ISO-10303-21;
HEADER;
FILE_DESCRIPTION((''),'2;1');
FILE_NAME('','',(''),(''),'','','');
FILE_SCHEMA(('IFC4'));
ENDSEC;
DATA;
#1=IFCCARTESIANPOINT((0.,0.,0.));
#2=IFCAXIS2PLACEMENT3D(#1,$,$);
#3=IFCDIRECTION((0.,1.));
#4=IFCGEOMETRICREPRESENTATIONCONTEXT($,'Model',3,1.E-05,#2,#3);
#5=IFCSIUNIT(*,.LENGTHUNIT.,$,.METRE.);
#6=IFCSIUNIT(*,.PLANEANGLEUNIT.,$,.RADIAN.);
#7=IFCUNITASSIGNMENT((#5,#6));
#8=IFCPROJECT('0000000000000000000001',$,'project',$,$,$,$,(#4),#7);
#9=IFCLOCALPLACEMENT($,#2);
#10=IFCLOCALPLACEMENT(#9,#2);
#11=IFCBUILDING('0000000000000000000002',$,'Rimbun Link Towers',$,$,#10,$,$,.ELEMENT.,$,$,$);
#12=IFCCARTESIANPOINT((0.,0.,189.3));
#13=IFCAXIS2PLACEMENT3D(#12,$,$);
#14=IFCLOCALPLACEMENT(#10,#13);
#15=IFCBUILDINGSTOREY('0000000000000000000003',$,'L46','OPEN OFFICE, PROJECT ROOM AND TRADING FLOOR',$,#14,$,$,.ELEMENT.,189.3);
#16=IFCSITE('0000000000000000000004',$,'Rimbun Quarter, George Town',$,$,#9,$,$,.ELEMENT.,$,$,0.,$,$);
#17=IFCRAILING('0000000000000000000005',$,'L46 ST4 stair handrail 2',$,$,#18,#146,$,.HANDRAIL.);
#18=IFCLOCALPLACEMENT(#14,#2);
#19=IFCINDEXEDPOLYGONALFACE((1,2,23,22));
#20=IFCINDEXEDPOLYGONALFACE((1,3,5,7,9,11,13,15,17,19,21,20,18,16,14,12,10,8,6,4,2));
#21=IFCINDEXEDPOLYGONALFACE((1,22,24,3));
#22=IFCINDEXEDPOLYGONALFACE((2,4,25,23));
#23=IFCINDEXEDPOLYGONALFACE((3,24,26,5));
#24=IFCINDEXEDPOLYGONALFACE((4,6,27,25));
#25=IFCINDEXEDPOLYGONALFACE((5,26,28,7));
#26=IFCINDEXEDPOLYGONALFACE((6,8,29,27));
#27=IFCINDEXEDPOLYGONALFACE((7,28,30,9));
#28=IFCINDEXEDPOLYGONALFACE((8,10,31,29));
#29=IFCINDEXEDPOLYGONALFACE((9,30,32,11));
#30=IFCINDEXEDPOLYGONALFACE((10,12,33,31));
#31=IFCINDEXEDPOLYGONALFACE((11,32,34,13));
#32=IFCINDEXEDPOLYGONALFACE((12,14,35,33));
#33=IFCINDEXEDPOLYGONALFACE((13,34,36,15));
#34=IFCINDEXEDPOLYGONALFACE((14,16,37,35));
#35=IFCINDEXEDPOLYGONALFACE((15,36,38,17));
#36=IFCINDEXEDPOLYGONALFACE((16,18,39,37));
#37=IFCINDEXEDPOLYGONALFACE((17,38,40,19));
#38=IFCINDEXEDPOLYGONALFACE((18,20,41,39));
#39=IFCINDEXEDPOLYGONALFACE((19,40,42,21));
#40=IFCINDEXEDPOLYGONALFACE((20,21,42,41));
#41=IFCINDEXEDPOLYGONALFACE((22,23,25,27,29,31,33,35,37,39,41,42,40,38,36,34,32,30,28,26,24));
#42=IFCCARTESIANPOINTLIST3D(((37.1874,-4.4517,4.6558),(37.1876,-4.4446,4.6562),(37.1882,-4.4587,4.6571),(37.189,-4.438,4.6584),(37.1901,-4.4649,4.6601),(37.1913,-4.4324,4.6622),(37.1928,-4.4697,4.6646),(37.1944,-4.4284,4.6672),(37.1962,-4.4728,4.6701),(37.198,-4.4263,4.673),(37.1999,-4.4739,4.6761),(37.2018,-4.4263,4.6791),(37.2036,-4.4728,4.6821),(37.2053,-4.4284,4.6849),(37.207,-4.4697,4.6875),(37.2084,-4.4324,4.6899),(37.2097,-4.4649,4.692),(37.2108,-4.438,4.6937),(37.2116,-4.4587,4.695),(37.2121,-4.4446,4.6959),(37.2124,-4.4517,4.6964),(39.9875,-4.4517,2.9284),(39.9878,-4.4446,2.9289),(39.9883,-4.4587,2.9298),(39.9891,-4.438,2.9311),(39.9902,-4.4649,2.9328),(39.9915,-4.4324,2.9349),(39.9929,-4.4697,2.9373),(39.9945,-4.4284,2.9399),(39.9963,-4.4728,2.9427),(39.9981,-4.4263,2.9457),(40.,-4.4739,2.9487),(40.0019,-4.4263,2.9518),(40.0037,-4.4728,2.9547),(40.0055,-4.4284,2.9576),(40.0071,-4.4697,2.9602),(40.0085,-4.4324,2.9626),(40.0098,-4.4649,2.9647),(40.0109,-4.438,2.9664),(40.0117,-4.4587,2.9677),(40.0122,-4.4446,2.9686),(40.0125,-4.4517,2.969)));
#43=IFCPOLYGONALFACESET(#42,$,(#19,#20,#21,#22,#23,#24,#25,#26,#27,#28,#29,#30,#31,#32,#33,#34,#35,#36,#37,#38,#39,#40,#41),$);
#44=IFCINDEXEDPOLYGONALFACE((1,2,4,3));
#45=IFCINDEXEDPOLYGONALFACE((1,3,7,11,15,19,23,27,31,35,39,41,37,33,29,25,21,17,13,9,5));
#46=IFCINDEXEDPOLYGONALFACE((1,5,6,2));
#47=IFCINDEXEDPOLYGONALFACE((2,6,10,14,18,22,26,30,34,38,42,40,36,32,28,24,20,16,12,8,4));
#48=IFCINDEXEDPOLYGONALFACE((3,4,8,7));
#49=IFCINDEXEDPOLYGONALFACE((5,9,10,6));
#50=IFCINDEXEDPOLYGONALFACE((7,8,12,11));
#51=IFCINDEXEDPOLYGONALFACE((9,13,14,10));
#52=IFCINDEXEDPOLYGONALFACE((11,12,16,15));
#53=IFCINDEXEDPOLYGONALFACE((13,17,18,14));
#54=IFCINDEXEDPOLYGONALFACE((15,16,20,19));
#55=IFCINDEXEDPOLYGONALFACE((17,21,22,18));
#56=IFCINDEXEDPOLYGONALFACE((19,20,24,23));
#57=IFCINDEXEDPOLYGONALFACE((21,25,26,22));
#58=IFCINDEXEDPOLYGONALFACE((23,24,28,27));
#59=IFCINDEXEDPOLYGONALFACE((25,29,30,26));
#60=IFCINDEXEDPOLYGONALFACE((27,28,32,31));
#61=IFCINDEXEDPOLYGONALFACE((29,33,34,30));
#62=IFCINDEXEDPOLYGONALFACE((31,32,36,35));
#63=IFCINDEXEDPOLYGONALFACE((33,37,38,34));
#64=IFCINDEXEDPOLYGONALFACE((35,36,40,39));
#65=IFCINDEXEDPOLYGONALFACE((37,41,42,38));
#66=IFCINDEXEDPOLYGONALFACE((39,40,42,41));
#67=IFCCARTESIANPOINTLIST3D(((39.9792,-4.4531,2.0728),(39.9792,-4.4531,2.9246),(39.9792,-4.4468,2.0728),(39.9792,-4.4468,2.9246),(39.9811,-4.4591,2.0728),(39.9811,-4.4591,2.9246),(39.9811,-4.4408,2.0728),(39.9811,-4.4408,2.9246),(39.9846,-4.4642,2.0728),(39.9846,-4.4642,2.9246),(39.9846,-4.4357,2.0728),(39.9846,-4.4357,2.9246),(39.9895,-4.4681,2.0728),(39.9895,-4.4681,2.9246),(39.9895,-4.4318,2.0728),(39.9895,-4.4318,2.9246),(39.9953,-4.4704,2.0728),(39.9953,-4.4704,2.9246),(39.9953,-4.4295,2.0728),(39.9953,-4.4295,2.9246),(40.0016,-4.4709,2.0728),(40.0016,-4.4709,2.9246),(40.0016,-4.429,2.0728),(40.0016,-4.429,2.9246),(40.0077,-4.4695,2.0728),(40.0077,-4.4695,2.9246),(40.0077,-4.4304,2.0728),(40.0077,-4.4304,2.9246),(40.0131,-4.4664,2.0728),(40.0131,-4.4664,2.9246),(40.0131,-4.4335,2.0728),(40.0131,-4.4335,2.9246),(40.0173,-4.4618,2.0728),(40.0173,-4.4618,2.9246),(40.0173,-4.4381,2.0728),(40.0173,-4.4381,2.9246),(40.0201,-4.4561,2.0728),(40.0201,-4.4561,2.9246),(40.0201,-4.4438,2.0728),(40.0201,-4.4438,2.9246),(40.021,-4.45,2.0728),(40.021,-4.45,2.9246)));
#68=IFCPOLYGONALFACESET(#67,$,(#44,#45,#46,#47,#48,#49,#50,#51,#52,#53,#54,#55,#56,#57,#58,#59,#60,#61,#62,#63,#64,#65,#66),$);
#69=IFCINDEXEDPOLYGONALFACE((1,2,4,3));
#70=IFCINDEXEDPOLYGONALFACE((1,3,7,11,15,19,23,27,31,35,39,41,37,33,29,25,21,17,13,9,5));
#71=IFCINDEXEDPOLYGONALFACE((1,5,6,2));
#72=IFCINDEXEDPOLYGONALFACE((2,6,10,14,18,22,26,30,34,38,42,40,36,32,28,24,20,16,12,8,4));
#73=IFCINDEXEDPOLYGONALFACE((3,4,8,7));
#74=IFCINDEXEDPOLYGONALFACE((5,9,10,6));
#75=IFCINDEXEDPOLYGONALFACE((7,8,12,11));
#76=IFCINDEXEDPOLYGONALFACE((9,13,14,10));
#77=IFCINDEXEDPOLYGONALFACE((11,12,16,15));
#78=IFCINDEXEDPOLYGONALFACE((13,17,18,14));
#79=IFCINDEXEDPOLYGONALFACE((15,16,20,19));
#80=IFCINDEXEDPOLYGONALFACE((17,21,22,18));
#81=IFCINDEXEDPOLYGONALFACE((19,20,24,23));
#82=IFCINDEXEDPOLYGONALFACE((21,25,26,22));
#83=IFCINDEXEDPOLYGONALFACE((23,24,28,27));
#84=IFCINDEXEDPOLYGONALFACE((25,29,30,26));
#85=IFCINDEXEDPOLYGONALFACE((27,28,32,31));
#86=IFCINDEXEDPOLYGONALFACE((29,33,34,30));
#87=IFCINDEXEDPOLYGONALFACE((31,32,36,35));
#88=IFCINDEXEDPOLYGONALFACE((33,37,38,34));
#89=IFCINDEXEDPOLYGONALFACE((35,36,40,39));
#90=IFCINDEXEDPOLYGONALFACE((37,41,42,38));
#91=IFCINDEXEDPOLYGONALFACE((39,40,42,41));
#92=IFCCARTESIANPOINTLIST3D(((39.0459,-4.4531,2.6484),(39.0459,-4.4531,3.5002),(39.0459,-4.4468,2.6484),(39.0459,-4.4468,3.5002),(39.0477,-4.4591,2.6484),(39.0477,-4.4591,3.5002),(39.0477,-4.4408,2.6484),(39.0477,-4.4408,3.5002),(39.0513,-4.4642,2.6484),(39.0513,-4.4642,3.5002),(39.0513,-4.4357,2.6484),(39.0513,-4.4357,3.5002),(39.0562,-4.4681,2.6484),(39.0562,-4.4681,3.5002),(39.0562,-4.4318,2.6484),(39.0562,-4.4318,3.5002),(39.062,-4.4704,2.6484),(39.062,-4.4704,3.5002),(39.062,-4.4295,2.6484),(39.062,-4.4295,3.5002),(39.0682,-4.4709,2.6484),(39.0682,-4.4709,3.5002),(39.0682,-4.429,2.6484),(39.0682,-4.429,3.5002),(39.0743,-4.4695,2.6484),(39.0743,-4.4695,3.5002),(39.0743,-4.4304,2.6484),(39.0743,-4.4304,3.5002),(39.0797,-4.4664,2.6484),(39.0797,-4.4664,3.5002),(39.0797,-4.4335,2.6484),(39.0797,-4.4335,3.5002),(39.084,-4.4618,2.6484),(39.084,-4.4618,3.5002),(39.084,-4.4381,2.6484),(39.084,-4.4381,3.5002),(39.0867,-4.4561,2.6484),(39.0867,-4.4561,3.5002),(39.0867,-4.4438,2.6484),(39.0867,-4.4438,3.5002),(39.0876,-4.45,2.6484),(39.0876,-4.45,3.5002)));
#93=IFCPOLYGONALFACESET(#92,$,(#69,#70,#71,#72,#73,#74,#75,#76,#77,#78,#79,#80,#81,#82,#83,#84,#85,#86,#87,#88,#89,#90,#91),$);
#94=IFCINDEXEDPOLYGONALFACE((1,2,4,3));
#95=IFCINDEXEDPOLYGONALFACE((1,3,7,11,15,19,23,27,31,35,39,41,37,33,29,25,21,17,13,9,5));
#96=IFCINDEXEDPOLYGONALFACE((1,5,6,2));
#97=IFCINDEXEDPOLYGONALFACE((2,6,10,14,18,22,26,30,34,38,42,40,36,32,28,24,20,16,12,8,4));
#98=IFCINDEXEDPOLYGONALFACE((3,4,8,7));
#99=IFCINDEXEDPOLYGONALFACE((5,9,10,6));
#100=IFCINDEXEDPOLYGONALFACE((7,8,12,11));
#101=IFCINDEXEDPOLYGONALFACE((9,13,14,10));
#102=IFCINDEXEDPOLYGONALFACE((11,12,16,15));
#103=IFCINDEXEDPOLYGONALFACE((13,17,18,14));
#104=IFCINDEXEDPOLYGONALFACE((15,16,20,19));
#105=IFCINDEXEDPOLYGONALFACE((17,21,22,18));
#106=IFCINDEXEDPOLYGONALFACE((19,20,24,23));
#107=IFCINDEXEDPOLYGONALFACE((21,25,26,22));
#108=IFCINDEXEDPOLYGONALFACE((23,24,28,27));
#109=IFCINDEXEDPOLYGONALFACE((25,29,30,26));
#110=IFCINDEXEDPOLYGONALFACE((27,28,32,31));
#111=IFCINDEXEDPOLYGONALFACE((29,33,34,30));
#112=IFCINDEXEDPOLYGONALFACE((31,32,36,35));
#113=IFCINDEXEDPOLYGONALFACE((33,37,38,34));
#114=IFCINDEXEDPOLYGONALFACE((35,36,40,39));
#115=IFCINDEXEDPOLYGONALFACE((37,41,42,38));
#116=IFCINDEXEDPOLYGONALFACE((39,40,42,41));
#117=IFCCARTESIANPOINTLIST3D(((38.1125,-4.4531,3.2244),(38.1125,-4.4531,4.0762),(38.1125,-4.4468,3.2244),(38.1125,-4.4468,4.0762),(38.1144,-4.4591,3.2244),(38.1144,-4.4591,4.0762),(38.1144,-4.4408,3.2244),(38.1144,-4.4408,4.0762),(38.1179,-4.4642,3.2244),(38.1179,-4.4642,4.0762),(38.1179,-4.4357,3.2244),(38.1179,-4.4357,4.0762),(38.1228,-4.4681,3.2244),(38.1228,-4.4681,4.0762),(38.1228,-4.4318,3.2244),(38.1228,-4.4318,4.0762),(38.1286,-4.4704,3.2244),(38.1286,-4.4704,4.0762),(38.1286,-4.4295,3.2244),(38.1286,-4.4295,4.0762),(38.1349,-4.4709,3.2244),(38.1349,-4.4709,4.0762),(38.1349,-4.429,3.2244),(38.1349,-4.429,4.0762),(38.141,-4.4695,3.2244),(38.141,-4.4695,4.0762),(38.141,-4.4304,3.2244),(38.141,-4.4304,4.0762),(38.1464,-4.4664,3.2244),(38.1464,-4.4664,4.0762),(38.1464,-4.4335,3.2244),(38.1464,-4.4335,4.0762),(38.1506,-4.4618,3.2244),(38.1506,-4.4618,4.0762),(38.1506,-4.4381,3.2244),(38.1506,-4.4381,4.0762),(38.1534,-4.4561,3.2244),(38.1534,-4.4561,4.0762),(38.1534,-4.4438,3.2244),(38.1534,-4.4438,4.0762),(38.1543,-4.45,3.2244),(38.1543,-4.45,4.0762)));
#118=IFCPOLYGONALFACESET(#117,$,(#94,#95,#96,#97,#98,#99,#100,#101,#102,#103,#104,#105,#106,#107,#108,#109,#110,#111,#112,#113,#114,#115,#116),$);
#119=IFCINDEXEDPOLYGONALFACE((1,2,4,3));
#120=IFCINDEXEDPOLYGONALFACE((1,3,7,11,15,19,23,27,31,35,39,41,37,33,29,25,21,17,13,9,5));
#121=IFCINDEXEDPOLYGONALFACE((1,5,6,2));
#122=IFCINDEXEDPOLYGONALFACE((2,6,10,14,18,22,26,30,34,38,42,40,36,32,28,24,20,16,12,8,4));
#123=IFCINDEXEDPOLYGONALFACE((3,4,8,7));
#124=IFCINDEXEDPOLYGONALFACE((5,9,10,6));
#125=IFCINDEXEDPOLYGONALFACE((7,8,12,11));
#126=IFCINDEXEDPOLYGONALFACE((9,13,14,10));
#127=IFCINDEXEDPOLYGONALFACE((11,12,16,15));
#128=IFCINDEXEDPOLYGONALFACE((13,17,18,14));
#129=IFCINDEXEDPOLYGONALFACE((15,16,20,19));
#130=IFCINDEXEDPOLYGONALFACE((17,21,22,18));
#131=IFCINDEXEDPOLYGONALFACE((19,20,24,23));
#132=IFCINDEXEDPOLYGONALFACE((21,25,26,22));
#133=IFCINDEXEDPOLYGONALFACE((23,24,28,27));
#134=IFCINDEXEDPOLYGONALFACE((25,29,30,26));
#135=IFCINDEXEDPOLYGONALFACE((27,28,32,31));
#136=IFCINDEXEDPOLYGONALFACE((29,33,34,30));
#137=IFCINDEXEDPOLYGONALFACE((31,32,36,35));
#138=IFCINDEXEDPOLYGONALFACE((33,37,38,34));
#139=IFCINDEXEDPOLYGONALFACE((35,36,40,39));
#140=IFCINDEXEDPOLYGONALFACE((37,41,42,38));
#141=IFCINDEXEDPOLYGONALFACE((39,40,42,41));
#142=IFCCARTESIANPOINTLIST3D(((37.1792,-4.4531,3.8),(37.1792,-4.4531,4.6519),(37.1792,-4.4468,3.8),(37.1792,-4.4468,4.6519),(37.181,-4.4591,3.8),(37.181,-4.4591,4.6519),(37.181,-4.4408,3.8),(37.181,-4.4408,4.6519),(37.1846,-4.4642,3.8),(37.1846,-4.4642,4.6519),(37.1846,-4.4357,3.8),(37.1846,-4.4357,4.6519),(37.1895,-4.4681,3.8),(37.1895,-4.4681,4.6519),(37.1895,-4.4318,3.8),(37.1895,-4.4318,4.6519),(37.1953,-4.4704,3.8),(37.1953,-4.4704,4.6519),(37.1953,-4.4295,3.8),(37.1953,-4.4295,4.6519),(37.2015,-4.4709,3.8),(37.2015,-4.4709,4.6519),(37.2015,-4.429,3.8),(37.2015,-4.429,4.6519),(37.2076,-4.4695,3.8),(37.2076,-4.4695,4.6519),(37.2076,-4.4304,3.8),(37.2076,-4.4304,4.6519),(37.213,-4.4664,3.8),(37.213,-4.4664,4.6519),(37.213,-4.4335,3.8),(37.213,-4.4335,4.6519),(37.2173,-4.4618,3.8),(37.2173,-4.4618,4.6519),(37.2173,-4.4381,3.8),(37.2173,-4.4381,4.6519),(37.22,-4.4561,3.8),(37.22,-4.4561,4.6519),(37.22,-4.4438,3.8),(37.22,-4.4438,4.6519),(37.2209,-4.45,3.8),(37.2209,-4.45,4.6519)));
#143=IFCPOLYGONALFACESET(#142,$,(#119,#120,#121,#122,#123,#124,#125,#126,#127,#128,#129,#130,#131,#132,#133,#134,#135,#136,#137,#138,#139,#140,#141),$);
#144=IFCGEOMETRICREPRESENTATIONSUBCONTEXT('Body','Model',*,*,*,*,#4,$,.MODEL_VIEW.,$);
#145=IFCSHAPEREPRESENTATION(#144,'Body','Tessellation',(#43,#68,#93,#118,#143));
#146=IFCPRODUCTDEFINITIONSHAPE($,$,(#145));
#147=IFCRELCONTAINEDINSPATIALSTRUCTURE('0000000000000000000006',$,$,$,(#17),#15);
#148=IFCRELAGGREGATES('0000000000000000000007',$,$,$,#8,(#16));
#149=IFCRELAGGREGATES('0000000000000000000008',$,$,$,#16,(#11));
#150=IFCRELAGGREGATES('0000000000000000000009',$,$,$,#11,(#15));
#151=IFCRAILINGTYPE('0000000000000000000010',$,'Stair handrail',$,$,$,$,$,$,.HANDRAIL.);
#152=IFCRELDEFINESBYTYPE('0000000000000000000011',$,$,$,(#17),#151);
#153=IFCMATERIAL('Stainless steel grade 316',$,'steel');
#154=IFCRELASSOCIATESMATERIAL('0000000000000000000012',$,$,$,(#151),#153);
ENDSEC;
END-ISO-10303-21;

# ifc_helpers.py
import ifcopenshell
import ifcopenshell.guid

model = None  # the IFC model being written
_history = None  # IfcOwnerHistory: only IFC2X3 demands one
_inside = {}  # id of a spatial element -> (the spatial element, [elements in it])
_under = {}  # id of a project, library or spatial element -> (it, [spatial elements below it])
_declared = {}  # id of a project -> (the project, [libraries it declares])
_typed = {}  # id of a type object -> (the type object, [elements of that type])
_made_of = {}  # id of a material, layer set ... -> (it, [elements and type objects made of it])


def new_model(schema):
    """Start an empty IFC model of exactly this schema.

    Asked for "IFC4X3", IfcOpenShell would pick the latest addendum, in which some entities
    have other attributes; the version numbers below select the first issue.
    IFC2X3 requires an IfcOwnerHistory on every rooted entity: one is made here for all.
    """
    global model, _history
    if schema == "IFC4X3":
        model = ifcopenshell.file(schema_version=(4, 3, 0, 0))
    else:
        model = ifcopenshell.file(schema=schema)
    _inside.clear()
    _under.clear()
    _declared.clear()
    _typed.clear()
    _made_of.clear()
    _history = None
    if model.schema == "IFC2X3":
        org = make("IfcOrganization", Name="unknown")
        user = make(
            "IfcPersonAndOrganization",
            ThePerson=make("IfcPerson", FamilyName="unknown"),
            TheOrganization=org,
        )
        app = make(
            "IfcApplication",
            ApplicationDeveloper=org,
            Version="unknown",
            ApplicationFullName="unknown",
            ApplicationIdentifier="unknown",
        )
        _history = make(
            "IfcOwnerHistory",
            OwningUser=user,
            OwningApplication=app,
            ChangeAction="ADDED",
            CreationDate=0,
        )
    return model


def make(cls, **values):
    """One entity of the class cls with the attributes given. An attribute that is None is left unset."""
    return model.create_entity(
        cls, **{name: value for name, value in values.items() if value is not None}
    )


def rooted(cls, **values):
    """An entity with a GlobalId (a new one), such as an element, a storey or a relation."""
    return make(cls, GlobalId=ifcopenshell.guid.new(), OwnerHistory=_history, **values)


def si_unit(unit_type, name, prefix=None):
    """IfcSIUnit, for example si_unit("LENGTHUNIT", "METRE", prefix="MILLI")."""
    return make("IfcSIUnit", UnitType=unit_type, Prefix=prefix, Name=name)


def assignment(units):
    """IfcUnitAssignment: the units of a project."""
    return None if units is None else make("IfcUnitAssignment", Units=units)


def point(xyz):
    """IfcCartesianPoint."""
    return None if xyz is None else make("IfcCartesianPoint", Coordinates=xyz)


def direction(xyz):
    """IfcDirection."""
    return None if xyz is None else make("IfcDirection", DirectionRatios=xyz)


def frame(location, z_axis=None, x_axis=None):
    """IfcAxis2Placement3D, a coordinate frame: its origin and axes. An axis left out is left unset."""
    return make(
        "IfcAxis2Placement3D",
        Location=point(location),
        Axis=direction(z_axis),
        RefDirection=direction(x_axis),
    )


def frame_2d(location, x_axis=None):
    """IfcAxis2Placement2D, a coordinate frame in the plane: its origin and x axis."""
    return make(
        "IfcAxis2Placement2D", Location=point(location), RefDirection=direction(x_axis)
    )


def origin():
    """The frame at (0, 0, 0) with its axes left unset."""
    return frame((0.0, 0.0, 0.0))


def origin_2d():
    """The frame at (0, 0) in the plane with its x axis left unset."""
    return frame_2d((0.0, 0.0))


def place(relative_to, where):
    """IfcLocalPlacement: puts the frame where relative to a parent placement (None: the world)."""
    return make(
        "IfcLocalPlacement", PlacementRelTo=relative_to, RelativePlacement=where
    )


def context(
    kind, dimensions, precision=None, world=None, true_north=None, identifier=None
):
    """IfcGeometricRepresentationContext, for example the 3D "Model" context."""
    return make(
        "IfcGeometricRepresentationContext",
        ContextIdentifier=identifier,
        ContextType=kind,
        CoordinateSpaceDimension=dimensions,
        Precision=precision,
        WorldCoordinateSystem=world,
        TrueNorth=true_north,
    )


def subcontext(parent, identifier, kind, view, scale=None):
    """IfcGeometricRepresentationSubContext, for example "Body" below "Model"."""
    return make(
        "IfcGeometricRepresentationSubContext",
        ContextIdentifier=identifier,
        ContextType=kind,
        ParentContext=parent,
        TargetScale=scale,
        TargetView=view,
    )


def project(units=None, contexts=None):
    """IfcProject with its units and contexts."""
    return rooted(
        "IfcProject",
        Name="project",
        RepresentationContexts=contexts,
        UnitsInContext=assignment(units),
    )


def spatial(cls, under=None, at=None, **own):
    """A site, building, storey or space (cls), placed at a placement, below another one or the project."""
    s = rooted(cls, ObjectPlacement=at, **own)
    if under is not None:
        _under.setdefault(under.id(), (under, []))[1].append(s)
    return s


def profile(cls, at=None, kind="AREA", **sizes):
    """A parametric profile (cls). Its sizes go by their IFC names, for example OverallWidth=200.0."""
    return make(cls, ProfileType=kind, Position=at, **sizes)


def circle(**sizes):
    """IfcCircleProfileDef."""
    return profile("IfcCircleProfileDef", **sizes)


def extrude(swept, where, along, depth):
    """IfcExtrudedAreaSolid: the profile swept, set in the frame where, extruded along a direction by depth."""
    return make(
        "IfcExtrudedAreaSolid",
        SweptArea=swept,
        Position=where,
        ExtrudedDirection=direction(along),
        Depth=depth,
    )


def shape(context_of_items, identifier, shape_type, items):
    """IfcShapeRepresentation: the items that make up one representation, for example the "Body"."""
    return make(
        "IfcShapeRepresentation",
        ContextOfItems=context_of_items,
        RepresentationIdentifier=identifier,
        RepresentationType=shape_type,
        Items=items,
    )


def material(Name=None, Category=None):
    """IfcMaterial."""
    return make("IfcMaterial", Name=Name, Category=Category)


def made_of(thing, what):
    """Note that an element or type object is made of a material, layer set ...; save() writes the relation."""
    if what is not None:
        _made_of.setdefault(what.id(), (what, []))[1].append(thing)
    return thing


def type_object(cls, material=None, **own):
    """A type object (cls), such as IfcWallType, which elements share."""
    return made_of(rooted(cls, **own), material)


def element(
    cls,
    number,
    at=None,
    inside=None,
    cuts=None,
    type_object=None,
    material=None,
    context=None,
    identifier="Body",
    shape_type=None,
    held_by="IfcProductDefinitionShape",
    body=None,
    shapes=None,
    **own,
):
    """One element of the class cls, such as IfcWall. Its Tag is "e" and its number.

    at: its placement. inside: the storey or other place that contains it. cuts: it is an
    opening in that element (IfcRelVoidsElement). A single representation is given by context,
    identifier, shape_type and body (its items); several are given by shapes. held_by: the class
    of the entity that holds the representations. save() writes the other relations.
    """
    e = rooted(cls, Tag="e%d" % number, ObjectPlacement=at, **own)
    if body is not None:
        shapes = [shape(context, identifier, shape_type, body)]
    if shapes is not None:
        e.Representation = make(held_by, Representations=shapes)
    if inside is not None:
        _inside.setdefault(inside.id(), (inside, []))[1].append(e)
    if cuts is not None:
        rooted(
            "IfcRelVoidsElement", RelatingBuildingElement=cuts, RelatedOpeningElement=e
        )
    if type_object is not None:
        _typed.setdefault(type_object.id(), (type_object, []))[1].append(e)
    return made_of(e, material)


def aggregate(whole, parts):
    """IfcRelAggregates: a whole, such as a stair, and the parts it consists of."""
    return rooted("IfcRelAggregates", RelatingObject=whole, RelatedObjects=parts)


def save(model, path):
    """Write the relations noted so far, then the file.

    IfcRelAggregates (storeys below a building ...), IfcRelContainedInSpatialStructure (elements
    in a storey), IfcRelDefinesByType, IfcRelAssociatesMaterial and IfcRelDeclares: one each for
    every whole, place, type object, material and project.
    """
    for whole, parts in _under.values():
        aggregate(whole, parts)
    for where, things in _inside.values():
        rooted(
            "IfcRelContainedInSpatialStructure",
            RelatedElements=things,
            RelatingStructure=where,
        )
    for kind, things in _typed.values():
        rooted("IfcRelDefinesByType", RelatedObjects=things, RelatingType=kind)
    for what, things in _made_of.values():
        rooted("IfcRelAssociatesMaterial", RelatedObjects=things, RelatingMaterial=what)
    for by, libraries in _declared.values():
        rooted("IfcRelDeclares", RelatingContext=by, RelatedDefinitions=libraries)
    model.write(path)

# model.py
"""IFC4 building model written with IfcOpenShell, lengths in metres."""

from ifc_helpers import new_model, si_unit, direction, frame, origin, origin_2d, place, context, subcontext, project, spatial, circle, extrude, material, type_object, element, save


model = new_model("IFC4")

# Units and contexts
model_context = context("Model", 3, precision=1e-05, world=origin(), true_north=direction((0.0, 1.0)))
body_context = subcontext(model_context, "Body", "Model", "MODEL_VIEW")
ifc_project = project(units=[si_unit("LENGTHUNIT", "METRE"), si_unit("PLANEANGLEUNIT", "RADIAN")], contexts=[model_context])

# Site, building, storey
site_placement = place(None, origin())
site = spatial("IfcSite", under=ifc_project, at=site_placement, Name="Rimbun Quarter, George Town", CompositionType="ELEMENT", RefElevation=0.0)
building_placement = place(site_placement, origin())
building = spatial("IfcBuilding", under=site, at=building_placement, Name="Rimbun Link Towers", CompositionType="ELEMENT")
storey_placement = place(building_placement, frame((0.0, 0.0, 189.3)))
storey = spatial("IfcBuildingStorey", under=building, at=storey_placement, Name="L46", Description="OPEN OFFICE, PROJECT ROOM AND TRADING FLOOR", CompositionType="ELEMENT", Elevation=189.3)

# Railing
ifc_material_1 = material(Name="Stainless steel grade 316", Category="steel")
railing_type_1 = type_object("IfcRailingType", Name="Stair handrail", PredefinedType="HANDRAIL", material=ifc_material_1)
railing_1_placement = place(storey_placement, frame((40.0, -4.45, 2.0728)))
element("IfcRailing", 1, at=railing_1_placement, inside=storey, type_object=railing_type_1, Name="L46 ST4 stair handrail 2", PredefinedType="HANDRAIL", context=body_context, shape_type="SweptSolid", body=[
    extrude(circle(Radius=0.0239, at=origin_2d()), frame((0.0, 0.0, 0.876), z_axis=(-0.85109, 0.0, 0.52502), x_axis=(0.0, -1.0, 0.0)), (0.0, 0.0, 1.0), 3.29),
    extrude(circle(Radius=0.021, at=origin_2d()), origin(), (0.0, 0.0, 1.0), 0.8518),
    extrude(circle(Radius=0.021, at=origin_2d()), frame((-0.9333, 0.0, 0.5757)), (0.0, 0.0, 1.0), 0.8518),
    extrude(circle(Radius=0.021, at=origin_2d()), frame((-1.8667, 0.0, 1.1516)), (0.0, 0.0, 1.0), 0.8518),
    extrude(circle(Radius=0.021, at=origin_2d()), frame((-2.8, 0.0, 1.7273)), (0.0, 0.0, 1.0), 0.8518),
])

save(model, "model.ifc")
